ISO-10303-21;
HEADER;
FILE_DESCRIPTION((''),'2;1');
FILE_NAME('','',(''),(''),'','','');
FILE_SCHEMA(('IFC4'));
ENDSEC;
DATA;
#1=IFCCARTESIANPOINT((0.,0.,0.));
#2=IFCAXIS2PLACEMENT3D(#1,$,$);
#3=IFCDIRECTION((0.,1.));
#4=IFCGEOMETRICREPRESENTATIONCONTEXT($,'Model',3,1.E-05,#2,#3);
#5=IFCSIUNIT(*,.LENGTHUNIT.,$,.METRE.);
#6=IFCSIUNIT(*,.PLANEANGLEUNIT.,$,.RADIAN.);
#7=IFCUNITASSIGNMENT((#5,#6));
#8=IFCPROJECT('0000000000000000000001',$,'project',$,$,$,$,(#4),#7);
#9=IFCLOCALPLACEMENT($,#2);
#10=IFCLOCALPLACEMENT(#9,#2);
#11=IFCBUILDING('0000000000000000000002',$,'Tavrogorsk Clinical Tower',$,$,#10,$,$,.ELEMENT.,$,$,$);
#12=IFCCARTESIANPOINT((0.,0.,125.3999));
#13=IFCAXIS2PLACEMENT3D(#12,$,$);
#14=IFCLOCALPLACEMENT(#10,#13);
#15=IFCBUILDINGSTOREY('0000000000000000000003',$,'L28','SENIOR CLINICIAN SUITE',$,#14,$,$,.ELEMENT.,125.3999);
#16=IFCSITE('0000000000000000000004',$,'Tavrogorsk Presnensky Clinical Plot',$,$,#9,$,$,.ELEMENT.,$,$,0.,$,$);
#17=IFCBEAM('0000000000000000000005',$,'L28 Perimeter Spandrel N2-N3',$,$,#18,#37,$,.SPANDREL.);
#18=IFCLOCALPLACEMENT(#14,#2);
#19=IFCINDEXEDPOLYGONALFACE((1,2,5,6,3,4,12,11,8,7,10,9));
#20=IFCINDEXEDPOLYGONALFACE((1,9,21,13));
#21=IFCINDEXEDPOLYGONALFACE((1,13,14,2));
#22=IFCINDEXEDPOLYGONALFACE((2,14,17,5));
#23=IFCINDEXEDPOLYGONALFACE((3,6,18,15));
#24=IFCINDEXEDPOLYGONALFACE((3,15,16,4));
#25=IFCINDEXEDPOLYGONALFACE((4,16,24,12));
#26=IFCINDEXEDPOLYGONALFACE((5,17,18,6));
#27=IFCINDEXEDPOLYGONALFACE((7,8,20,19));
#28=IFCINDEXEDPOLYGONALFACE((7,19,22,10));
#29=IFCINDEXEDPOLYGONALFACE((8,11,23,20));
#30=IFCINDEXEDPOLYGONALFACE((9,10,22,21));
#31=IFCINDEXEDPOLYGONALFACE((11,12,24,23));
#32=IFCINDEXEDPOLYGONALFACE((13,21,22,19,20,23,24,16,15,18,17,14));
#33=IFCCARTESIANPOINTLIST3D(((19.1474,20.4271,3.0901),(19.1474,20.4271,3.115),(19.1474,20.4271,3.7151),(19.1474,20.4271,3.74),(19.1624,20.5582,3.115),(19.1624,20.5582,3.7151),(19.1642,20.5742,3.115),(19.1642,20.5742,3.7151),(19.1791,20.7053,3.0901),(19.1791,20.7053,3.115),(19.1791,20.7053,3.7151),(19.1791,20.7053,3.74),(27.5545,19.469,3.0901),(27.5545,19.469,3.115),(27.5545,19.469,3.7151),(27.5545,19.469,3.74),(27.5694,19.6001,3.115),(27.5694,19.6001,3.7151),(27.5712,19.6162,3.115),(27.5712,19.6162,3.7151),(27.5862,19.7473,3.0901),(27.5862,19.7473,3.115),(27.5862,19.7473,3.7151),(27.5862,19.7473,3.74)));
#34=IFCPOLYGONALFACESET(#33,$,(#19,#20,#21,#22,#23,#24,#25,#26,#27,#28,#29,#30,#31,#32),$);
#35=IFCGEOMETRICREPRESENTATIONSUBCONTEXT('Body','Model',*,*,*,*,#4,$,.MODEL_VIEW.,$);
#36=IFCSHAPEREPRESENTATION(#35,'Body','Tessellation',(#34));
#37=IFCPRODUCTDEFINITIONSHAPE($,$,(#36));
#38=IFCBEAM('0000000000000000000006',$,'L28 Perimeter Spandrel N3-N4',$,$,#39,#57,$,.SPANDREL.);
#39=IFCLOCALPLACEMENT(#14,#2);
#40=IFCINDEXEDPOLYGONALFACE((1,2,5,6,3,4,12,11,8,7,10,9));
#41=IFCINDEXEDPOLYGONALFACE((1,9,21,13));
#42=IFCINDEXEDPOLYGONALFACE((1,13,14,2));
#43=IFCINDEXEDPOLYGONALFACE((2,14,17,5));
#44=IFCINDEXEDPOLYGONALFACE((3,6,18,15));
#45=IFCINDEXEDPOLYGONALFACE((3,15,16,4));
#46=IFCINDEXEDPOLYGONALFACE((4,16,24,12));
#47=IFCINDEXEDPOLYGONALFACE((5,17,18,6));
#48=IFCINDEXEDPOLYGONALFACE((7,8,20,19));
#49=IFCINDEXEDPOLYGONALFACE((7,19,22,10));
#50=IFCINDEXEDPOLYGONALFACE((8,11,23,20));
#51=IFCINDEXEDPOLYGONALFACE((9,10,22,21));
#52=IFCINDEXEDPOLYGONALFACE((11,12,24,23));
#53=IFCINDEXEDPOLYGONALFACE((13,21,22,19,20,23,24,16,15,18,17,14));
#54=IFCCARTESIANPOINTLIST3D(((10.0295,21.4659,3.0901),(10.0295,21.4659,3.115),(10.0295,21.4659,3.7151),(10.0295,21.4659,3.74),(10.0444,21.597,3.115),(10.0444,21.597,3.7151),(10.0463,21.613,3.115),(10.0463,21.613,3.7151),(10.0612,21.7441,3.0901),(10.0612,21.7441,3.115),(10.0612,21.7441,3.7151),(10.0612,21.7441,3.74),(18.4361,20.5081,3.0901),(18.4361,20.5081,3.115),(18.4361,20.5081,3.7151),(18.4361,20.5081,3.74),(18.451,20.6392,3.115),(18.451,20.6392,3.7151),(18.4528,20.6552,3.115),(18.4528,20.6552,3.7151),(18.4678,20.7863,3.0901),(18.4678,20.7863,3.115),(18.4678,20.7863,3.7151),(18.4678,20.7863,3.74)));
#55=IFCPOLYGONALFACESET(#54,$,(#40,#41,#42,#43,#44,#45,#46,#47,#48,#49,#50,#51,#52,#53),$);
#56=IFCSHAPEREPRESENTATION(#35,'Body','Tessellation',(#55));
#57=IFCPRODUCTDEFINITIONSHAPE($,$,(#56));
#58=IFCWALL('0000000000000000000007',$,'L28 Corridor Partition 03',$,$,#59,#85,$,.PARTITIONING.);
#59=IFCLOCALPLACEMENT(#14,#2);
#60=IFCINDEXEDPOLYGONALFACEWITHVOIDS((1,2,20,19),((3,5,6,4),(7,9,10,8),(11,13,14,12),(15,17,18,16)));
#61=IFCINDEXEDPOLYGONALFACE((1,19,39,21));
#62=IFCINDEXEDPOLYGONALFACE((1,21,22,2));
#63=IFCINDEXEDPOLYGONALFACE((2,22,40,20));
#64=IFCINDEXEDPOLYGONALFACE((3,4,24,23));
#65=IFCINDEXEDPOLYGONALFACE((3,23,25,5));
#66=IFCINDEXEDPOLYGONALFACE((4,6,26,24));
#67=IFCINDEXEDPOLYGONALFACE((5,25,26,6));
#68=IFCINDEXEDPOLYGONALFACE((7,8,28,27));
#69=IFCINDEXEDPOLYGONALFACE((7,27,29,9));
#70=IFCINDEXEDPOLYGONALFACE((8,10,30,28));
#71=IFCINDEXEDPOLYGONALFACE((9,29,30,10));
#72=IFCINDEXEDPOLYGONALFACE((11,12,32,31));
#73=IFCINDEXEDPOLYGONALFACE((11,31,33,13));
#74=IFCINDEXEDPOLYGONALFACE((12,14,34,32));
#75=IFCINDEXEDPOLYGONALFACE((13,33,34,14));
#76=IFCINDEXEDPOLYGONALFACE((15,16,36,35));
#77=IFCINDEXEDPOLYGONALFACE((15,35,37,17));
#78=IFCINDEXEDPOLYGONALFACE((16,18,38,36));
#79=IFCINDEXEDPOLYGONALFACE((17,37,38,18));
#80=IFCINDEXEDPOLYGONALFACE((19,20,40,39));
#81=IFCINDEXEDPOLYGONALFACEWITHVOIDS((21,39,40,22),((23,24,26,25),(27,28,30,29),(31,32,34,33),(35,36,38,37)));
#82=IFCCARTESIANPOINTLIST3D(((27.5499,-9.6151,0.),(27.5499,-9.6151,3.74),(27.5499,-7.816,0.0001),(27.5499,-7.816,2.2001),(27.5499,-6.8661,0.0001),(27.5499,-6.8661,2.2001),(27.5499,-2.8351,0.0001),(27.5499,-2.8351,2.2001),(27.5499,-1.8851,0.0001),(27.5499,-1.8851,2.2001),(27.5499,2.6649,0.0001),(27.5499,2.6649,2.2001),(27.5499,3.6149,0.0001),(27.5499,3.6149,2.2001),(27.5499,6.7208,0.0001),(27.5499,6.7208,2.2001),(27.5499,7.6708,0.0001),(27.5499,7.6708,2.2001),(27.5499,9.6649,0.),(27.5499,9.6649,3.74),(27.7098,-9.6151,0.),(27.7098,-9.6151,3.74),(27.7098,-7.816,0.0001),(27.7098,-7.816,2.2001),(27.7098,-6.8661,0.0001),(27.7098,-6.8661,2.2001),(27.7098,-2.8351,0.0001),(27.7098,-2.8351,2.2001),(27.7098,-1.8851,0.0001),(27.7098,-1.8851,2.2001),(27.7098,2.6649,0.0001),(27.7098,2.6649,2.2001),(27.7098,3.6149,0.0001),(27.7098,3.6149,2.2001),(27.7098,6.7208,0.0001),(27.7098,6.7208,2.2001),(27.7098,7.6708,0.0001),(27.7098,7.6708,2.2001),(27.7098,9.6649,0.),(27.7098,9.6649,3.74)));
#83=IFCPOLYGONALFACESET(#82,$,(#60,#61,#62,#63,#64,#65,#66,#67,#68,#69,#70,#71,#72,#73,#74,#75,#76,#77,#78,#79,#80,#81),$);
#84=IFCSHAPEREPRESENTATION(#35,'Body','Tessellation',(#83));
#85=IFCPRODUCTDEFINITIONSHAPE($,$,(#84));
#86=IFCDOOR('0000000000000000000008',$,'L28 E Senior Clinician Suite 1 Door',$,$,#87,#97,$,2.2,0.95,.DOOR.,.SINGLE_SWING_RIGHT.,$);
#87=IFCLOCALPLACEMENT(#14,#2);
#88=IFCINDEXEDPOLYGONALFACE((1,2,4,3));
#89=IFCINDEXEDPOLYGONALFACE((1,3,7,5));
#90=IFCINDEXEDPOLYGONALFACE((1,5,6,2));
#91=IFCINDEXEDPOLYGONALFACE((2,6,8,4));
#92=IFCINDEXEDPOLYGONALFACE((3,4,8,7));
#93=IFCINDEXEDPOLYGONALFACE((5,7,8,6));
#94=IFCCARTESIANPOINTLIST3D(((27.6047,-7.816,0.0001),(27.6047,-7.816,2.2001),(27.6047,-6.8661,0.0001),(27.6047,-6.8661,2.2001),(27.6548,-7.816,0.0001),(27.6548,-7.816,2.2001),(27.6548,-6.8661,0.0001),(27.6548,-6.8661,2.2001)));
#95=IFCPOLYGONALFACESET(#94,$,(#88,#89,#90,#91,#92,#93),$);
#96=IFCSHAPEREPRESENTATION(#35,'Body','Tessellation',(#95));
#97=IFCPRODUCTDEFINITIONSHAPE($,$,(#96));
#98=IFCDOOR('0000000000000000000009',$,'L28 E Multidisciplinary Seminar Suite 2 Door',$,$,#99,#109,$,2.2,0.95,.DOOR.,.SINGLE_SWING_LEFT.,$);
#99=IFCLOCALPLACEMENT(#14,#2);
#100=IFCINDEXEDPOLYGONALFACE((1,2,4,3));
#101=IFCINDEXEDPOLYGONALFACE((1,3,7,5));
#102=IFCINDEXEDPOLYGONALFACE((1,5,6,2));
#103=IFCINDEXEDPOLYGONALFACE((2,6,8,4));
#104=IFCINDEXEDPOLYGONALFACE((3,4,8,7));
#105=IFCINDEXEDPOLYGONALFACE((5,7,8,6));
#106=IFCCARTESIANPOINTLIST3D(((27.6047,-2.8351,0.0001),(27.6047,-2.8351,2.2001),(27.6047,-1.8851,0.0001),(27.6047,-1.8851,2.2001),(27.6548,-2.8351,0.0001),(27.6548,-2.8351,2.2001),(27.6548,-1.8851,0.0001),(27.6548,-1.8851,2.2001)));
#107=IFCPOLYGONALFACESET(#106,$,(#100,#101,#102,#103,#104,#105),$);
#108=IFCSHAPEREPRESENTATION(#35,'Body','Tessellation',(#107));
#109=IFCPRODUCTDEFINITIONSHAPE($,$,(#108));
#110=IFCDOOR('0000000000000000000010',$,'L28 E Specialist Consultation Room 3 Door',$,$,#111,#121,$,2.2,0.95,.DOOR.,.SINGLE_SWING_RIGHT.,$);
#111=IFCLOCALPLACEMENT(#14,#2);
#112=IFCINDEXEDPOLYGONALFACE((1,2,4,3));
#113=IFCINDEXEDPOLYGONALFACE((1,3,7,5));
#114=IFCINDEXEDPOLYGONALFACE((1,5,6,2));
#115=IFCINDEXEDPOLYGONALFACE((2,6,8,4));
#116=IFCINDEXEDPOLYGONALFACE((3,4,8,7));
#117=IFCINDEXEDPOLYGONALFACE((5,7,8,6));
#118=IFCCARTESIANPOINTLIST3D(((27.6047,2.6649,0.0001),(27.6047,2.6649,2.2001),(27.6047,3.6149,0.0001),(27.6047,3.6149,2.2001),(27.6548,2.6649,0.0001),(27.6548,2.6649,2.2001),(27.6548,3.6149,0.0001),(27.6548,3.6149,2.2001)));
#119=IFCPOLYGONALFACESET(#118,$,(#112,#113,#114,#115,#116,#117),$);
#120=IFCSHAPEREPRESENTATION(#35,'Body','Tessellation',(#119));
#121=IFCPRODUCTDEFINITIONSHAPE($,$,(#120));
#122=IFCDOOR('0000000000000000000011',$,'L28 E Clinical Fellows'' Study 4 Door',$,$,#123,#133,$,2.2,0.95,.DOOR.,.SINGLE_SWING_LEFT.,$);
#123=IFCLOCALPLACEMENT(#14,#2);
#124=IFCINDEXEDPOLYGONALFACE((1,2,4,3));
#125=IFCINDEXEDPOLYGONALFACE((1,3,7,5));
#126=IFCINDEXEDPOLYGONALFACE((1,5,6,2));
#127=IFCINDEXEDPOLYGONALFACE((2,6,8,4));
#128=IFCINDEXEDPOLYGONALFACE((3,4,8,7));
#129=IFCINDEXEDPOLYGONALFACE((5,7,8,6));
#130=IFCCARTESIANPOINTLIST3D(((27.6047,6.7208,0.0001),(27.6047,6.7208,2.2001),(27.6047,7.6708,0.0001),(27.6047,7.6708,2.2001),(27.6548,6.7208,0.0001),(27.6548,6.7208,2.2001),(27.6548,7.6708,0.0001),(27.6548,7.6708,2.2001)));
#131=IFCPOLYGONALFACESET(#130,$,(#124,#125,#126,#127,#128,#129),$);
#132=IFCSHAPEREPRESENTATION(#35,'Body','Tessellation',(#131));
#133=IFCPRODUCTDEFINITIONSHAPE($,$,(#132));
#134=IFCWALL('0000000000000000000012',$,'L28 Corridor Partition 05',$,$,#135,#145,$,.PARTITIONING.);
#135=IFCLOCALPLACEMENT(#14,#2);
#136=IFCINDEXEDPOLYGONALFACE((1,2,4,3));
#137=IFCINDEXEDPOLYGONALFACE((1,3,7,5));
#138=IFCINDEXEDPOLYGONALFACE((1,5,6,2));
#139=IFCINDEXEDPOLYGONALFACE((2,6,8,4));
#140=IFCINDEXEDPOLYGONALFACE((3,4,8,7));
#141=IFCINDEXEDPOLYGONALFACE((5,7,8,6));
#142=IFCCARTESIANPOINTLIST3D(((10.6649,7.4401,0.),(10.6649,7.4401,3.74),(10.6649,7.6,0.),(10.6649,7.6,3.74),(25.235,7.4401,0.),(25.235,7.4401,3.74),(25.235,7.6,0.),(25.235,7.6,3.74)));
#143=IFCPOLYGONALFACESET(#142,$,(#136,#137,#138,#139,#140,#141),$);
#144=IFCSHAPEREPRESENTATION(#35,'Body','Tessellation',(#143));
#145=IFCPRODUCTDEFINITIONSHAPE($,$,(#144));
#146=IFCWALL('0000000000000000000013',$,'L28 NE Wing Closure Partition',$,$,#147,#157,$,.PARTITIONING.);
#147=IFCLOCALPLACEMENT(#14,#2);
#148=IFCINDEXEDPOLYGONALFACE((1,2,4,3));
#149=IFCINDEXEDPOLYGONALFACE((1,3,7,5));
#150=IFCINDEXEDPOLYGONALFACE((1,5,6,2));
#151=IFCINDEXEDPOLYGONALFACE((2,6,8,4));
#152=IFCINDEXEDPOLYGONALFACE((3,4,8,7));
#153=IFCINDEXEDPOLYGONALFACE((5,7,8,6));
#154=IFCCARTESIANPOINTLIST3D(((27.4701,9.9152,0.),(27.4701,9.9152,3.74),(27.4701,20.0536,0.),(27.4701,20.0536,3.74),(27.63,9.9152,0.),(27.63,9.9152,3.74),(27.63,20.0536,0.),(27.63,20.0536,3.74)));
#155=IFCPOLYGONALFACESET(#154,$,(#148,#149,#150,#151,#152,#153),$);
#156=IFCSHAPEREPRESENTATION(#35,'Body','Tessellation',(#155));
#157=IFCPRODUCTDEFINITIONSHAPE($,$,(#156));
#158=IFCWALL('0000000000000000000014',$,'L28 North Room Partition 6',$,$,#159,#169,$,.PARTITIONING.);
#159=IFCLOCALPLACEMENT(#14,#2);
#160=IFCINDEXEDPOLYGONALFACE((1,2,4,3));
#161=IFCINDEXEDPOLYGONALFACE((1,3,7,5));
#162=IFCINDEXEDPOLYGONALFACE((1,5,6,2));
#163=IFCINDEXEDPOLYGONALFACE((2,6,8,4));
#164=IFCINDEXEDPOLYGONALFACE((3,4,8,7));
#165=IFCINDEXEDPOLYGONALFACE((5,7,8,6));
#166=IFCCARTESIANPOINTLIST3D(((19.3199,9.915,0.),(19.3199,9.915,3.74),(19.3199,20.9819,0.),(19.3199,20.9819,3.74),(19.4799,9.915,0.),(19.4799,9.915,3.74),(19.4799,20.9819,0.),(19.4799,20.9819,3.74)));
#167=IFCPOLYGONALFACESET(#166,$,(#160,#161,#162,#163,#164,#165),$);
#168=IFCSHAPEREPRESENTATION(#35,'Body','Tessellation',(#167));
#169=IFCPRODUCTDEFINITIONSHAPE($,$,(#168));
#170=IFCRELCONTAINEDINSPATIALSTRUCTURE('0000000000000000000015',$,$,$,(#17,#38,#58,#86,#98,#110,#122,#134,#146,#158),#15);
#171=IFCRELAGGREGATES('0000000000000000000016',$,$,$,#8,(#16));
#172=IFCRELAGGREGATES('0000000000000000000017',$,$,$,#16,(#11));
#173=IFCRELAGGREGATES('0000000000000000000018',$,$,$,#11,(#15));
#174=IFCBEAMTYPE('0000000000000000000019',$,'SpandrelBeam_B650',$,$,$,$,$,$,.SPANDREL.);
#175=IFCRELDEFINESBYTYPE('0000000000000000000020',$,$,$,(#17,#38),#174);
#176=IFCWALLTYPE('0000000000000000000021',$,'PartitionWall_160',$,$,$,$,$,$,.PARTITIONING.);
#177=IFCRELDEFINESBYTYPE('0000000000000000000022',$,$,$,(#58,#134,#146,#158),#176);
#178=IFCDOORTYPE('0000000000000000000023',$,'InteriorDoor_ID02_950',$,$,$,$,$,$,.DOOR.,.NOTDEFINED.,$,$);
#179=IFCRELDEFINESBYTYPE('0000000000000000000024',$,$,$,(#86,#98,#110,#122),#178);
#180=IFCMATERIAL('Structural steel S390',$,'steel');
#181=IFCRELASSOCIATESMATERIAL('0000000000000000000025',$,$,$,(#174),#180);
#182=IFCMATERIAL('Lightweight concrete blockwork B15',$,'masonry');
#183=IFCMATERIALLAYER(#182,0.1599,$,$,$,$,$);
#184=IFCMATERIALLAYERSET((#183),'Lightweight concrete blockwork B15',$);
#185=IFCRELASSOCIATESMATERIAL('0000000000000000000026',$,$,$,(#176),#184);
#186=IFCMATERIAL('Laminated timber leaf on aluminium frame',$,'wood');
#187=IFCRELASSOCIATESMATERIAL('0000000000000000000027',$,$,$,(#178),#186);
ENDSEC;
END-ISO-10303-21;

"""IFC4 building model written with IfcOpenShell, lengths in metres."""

from ifc_helpers import new_model, si_unit, direction, frame, frame_2d, origin, origin_2d, place, context, subcontext, project, spatial, rectangle, i_section, extrude, material, layer, layer_set, material_profile, profile_set, type_object, element, fill, save


model = new_model("IFC4")

# Units and contexts
model_context = context("Model", 3, precision=1e-05, world=origin(), true_north=direction((0.0, 1.0)))
body_context = subcontext(model_context, "Body", "Model", "MODEL_VIEW")
ifc_project = project(units=[si_unit("LENGTHUNIT", "METRE"), si_unit("PLANEANGLEUNIT", "RADIAN")], contexts=[model_context])

# Site, building, storey
site_placement = place(None, origin())
site = spatial("IfcSite", under=ifc_project, at=site_placement, Name="Tavrogorsk Presnensky Clinical Plot", CompositionType="ELEMENT", RefElevation=0.0)
building_placement = place(site_placement, origin())
building = spatial("IfcBuilding", under=site, at=building_placement, Name="Tavrogorsk Clinical Tower", CompositionType="ELEMENT")
storey_placement = place(building_placement, frame((0.0, 0.0, 125.3999)))
storey = spatial("IfcBuildingStorey", under=building, at=storey_placement, Name="L28", Description="SENIOR CLINICIAN SUITE", CompositionType="ELEMENT", Elevation=125.3999)

# Beams
ifc_material_1 = material(Name="Structural steel S390", Category="steel")
ifc_material_profile_1 = material_profile(ifc_material_1, i_section(OverallWidth=0.28, OverallDepth=0.6499, WebThickness=0.0161, FlangeThickness=0.0249, at=origin_2d()), Name="B-650x280x16x25")
ifc_profile_set_1 = profile_set([ifc_material_profile_1], Name="Structural steel S390")
beam_type_1 = type_object("IfcBeamType", Name="SpandrelBeam_B650", PredefinedType="SPANDREL", material=ifc_profile_set_1)
beam_1_placement = place(storey_placement, frame((27.5703, 19.6082, 3.415), z_axis=(-0.99357, 0.113221, 0.0), x_axis=(-0.113221, -0.99357, 0.0)))
element("IfcBeam", 1, at=beam_1_placement, inside=storey, type_object=beam_type_1, Name="L28 Perimeter Spandrel N2-N3", PredefinedType="SPANDREL", context=body_context, shape_type="SweptSolid", body=[
    extrude(i_section(OverallWidth=0.28, OverallDepth=0.6499, WebThickness=0.0161, FlangeThickness=0.0249, at=origin_2d()), origin(), (0.0, 0.0, 1.0), 8.4614),
])
beam_2_placement = place(storey_placement, frame((18.4519, 20.6472, 3.415), z_axis=(-0.993572, 0.113199, 0.0), x_axis=(-0.113199, -0.993572, 0.0)))
element("IfcBeam", 2, at=beam_2_placement, inside=storey, type_object=beam_type_1, Name="L28 Perimeter Spandrel N3-N4", PredefinedType="SPANDREL", context=body_context, shape_type="SweptSolid", body=[
    extrude(i_section(OverallWidth=0.28, OverallDepth=0.6499, WebThickness=0.0161, FlangeThickness=0.0249, at=origin_2d()), origin(), (0.0, 0.0, 1.0), 8.4609),
])

# Wall, openings, doors
ifc_material_2 = material(Name="Lightweight concrete blockwork B15", Category="masonry")
ifc_layer_1 = layer(ifc_material_2, 0.1599)
ifc_layer_set_1 = layer_set([ifc_layer_1], Name="Lightweight concrete blockwork B15")
wall_type_1 = type_object("IfcWallType", Name="PartitionWall_160", PredefinedType="PARTITIONING", material=ifc_layer_set_1)
wall_1_placement = place(storey_placement, frame((27.6299, 9.665, 0.0), z_axis=(0.0, 0.0, 1.0), x_axis=(0.0, -1.0, 0.0)))
wall_1 = element("IfcWall", 3, at=wall_1_placement, inside=storey, type_object=wall_type_1, Name="L28 Corridor Partition 03", PredefinedType="PARTITIONING", context=body_context, shape_type="SweptSolid", body=[
    extrude(rectangle(XDim=19.28, YDim=0.1599, at=frame_2d((9.6401, 0.0))), origin(), (0.0, 0.0, 1.0), 3.74),
])
opening_1_placement = place(wall_1_placement, frame((16.531, 0.0, 0.0)))
opening_1 = element("IfcOpeningElement", 4, at=opening_1_placement, cuts=wall_1, PredefinedType="OPENING", context=body_context, shape_type="SweptSolid", body=[
    extrude(rectangle(XDim=0.95, YDim=2.2, at=frame_2d((0.4751, 1.1001))), frame((0.0, 0.0898, 0.0), z_axis=(0.0, -1.0, 0.0), x_axis=(1.0, 0.0, 0.0)), (0.0, 0.0, 1.0), 0.1799),
])
opening_2_placement = place(wall_1_placement, frame((11.55, 0.0, 0.0)))
opening_2 = element("IfcOpeningElement", 5, at=opening_2_placement, cuts=wall_1, PredefinedType="OPENING", context=body_context, shape_type="SweptSolid", body=[
    extrude(rectangle(XDim=0.95, YDim=2.2, at=frame_2d((0.4751, 1.1001))), frame((0.0, 0.0898, 0.0), z_axis=(0.0, -1.0, 0.0), x_axis=(1.0, 0.0, 0.0)), (0.0, 0.0, 1.0), 0.1799),
])
opening_3_placement = place(wall_1_placement, frame((6.05, 0.0, 0.0)))
opening_3 = element("IfcOpeningElement", 6, at=opening_3_placement, cuts=wall_1, PredefinedType="OPENING", context=body_context, shape_type="SweptSolid", body=[
    extrude(rectangle(XDim=0.95, YDim=2.2, at=frame_2d((0.4751, 1.1001))), frame((0.0, 0.0898, 0.0), z_axis=(0.0, -1.0, 0.0), x_axis=(1.0, 0.0, 0.0)), (0.0, 0.0, 1.0), 0.1799),
])
opening_4_placement = place(wall_1_placement, frame((1.9941, 0.0, 0.0)))
opening_4 = element("IfcOpeningElement", 7, at=opening_4_placement, cuts=wall_1, PredefinedType="OPENING", context=body_context, shape_type="SweptSolid", body=[
    extrude(rectangle(XDim=0.95, YDim=2.2, at=frame_2d((0.4751, 1.1001))), frame((0.0, 0.0898, 0.0), z_axis=(0.0, -1.0, 0.0), x_axis=(1.0, 0.0, 0.0)), (0.0, 0.0, 1.0), 0.1799),
])
ifc_material_3 = material(Name="Laminated timber leaf on aluminium frame", Category="wood")
door_type = type_object("IfcDoorType", Name="InteriorDoor_ID02_950", OperationType="NOTDEFINED", PredefinedType="DOOR", material=ifc_material_3)
door_1_placement = place(opening_1_placement, origin())
door_1 = element("IfcDoor", 8, at=door_1_placement, inside=storey, type_object=door_type, Name="L28 E Senior Clinician Suite 1 Door", OperationType="SINGLE_SWING_RIGHT", OverallHeight=2.2, OverallWidth=0.95, PredefinedType="DOOR", context=body_context, shape_type="SweptSolid", body=[
    extrude(rectangle(XDim=0.95, YDim=2.2, at=frame_2d((0.4751, 1.1001))), frame((0.0, 0.0249, 0.0), z_axis=(0.0, -1.0, 0.0), x_axis=(1.0, 0.0, 0.0)), (0.0, 0.0, 1.0), 0.05),
])
fill(opening_1, door_1)
door_2_placement = place(opening_2_placement, origin())
door_2 = element("IfcDoor", 9, at=door_2_placement, inside=storey, type_object=door_type, Name="L28 E Multidisciplinary Seminar Suite 2 Door", OperationType="SINGLE_SWING_LEFT", OverallHeight=2.2, OverallWidth=0.95, PredefinedType="DOOR", context=body_context, shape_type="SweptSolid", body=[
    extrude(rectangle(XDim=0.95, YDim=2.2, at=frame_2d((0.4751, 1.1001))), frame((0.0, 0.0249, 0.0), z_axis=(0.0, -1.0, 0.0), x_axis=(1.0, 0.0, 0.0)), (0.0, 0.0, 1.0), 0.05),
])
fill(opening_2, door_2)
door_3_placement = place(opening_3_placement, origin())
door_3 = element("IfcDoor", 10, at=door_3_placement, inside=storey, type_object=door_type, Name="L28 E Specialist Consultation Room 3 Door", OperationType="SINGLE_SWING_RIGHT", OverallHeight=2.2, OverallWidth=0.95, PredefinedType="DOOR", context=body_context, shape_type="SweptSolid", body=[
    extrude(rectangle(XDim=0.95, YDim=2.2, at=frame_2d((0.4751, 1.1001))), frame((0.0, 0.0249, 0.0), z_axis=(0.0, -1.0, 0.0), x_axis=(1.0, 0.0, 0.0)), (0.0, 0.0, 1.0), 0.05),
])
fill(opening_3, door_3)
door_4_placement = place(opening_4_placement, origin())
door_4 = element("IfcDoor", 11, at=door_4_placement, inside=storey, type_object=door_type, Name="L28 E Clinical Fellows' Study 4 Door", OperationType="SINGLE_SWING_LEFT", OverallHeight=2.2, OverallWidth=0.95, PredefinedType="DOOR", context=body_context, shape_type="SweptSolid", body=[
    extrude(rectangle(XDim=0.95, YDim=2.2, at=frame_2d((0.4751, 1.1001))), frame((0.0, 0.0249, 0.0), z_axis=(0.0, -1.0, 0.0), x_axis=(1.0, 0.0, 0.0)), (0.0, 0.0, 1.0), 0.05),
])
fill(opening_4, door_4)

# Walls
wall_2_placement = place(storey_placement, frame((25.2351, 7.52, 0.0), z_axis=(0.0, 0.0, 1.0), x_axis=(-1.0, 0.0, 0.0)))
element("IfcWall", 12, at=wall_2_placement, inside=storey, type_object=wall_type_1, Name="L28 Corridor Partition 05", PredefinedType="PARTITIONING", context=body_context, shape_type="SweptSolid", body=[
    extrude(rectangle(XDim=14.5701, YDim=0.1599, at=frame_2d((7.2852, 0.0))), origin(), (0.0, 0.0, 1.0), 3.74),
])
wall_3_placement = place(storey_placement, frame((27.55, 9.915, 0.0), z_axis=(0.0, 0.0, 1.0), x_axis=(0.0, 1.0, 0.0)))
element("IfcWall", 13, at=wall_3_placement, inside=storey, type_object=wall_type_1, Name="L28 NE Wing Closure Partition", PredefinedType="PARTITIONING", context=body_context, shape_type="SweptSolid", body=[
    extrude(rectangle(XDim=10.1384, YDim=0.1599, at=frame_2d((5.0693, 0.0))), origin(), (0.0, 0.0, 1.0), 3.74),
])
wall_4_placement = place(storey_placement, frame((19.3999, 9.915, 0.0), z_axis=(0.0, 0.0, 1.0), x_axis=(0.0, 1.0, 0.0)))
element("IfcWall", 14, at=wall_4_placement, inside=storey, type_object=wall_type_1, Name="L28 North Room Partition 6", PredefinedType="PARTITIONING", context=body_context, shape_type="SweptSolid", body=[
    extrude(rectangle(XDim=11.0669, YDim=0.1599, at=frame_2d((5.5334, 0.0))), origin(), (0.0, 0.0, 1.0), 3.74),
])

save(model, "model.ifc")
